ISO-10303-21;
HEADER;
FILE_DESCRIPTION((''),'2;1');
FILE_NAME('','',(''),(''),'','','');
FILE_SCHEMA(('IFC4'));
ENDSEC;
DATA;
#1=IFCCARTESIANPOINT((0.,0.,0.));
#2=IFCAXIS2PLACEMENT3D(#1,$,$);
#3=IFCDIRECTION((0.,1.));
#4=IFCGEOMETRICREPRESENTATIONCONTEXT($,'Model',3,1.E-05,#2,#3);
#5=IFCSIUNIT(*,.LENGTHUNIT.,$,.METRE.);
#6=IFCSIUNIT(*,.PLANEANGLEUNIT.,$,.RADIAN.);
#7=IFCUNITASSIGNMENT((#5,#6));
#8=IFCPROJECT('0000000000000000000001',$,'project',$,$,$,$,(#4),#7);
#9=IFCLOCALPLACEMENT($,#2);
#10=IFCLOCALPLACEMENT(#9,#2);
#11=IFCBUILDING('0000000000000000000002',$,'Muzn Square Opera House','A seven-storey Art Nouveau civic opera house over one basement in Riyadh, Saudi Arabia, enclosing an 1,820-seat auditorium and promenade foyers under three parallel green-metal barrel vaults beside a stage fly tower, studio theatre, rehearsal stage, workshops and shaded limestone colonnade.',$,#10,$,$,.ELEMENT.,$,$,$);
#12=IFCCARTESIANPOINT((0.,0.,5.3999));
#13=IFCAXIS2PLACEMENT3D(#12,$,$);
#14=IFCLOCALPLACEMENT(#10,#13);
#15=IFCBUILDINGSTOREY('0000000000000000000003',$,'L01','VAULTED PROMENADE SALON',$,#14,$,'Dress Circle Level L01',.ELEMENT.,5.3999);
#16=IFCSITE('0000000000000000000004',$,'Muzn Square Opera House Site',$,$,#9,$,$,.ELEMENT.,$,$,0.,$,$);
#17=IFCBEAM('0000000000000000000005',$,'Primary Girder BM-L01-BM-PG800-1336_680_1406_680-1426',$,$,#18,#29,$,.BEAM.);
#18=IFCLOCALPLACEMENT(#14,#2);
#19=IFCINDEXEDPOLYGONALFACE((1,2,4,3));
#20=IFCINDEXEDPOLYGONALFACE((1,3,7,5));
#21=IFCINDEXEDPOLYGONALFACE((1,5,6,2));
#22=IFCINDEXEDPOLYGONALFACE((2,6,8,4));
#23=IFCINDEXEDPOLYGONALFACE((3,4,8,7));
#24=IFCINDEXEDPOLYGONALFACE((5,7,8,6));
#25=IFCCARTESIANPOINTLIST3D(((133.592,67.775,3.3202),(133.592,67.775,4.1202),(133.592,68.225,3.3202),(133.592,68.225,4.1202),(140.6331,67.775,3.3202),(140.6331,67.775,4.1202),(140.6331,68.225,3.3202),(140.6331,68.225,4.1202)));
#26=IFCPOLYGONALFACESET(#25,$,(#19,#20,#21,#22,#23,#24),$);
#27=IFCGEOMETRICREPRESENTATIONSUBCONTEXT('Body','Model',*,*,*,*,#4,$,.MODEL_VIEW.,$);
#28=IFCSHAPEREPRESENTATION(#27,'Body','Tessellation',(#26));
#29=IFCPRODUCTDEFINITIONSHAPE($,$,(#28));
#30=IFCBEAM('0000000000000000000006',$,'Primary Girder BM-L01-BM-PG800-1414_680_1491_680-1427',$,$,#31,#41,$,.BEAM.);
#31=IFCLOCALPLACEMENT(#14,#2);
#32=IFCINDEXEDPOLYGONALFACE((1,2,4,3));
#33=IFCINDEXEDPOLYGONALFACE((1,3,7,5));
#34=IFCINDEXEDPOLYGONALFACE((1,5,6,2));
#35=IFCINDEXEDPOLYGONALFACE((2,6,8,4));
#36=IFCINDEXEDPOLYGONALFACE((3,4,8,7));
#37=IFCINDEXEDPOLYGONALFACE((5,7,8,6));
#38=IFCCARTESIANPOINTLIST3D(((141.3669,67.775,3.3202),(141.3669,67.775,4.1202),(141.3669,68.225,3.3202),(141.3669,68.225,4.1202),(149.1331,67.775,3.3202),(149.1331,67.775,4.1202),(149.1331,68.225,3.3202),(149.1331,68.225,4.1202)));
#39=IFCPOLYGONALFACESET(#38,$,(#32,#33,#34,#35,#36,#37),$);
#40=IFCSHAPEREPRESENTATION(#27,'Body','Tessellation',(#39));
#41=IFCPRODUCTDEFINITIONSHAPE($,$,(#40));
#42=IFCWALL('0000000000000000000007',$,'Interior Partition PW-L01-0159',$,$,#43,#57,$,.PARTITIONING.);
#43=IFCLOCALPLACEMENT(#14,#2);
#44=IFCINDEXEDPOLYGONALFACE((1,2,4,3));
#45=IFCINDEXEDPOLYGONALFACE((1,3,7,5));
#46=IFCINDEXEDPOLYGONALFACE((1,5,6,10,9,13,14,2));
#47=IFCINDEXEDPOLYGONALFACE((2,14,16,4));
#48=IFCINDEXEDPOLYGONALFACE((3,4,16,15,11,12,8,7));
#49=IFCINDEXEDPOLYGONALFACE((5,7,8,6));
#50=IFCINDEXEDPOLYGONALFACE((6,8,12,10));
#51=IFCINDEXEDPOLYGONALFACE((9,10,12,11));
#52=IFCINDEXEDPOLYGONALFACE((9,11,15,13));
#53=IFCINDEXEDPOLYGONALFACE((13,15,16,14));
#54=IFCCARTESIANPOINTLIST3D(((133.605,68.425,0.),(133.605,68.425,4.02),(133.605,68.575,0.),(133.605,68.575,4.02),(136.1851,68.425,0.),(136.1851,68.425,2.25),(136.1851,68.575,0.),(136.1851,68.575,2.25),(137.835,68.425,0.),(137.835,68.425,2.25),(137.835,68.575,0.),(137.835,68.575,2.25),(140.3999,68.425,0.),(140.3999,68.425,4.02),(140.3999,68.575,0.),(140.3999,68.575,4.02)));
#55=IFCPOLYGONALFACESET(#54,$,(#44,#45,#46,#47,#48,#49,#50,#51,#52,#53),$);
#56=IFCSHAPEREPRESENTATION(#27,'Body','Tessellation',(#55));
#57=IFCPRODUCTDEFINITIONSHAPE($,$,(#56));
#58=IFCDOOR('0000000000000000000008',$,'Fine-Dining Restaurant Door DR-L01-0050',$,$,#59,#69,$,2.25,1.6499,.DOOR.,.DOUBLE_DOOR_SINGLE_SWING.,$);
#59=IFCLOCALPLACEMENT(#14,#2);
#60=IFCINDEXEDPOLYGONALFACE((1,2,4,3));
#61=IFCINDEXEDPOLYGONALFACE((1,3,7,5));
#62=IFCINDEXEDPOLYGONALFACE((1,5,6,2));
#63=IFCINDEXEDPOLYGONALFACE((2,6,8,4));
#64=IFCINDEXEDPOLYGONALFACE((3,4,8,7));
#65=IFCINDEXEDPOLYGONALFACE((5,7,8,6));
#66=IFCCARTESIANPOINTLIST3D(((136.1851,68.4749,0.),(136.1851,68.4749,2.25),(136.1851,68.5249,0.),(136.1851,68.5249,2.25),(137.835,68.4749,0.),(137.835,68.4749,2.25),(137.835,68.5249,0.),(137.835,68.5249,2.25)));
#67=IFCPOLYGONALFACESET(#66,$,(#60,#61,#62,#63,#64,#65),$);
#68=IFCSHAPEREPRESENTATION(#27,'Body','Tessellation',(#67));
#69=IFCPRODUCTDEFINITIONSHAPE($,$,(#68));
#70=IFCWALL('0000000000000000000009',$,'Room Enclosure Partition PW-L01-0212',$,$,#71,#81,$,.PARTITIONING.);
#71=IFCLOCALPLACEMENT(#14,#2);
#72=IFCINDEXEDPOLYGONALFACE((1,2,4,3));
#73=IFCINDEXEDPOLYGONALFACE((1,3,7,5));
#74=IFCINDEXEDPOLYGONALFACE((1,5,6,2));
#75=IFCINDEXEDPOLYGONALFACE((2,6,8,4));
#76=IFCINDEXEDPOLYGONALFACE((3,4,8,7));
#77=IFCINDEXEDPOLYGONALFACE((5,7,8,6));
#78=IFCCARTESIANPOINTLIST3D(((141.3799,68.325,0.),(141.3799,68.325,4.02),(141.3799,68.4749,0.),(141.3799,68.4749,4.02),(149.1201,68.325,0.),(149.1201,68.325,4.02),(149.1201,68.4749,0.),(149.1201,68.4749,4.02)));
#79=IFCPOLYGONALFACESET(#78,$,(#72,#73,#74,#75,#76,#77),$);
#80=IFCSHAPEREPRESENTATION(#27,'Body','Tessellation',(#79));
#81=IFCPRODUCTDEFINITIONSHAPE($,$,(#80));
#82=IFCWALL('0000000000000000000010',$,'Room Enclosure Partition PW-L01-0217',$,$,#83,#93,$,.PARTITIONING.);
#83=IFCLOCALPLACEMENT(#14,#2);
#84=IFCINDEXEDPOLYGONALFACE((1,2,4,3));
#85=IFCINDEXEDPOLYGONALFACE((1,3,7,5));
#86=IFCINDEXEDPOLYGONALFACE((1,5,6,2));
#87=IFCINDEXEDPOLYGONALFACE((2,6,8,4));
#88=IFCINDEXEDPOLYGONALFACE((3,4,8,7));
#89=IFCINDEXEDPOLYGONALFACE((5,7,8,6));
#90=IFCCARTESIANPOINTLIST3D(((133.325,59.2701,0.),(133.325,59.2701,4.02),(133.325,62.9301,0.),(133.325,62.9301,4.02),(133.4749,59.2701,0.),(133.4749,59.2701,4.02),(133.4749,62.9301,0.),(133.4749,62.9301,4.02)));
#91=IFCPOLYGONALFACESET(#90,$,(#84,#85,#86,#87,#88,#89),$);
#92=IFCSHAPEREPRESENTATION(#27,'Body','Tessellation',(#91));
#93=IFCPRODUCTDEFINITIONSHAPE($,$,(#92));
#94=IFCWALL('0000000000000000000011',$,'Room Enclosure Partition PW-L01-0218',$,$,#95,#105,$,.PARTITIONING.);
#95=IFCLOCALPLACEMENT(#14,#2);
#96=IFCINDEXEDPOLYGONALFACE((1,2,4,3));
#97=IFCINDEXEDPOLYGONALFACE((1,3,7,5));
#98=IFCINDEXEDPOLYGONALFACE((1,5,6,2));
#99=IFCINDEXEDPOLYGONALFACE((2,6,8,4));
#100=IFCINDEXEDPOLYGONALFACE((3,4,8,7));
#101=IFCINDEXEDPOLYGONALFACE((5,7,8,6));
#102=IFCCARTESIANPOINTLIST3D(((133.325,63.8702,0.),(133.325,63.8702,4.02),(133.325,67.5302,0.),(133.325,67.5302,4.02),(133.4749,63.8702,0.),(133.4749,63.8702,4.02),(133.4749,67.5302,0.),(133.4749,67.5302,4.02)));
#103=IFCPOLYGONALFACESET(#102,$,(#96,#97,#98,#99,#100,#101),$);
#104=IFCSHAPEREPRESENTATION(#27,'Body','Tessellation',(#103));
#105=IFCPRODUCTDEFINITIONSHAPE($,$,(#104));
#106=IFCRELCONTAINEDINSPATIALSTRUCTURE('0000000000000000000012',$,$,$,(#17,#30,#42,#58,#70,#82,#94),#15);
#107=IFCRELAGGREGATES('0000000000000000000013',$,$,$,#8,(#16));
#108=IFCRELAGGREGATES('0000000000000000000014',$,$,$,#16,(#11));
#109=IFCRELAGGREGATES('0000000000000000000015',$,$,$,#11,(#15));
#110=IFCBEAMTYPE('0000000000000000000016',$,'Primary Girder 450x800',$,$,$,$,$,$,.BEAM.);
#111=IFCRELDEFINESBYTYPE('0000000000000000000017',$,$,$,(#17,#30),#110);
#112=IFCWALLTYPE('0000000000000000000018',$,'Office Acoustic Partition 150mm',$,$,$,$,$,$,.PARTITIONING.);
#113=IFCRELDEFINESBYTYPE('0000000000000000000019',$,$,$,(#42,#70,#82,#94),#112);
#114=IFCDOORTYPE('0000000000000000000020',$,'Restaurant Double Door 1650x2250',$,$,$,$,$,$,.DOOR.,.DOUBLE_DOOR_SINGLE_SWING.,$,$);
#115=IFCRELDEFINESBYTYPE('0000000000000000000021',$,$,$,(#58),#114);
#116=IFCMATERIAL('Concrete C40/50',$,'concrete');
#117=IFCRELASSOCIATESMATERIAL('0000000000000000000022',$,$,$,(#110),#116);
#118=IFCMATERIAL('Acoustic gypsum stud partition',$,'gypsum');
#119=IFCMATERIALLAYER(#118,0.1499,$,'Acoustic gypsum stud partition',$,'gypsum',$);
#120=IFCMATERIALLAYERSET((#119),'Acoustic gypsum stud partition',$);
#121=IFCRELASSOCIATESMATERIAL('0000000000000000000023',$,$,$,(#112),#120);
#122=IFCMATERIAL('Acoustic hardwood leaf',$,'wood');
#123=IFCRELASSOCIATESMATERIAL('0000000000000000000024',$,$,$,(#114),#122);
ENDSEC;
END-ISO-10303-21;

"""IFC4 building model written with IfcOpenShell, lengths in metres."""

from ifc_helpers import new_model, si_unit, direction, frame, frame_2d, origin, origin_2d, place, context, subcontext, project, spatial, rectangle, extrude, material, layer, layer_set, material_profile, profile_set, type_object, element, fill, save


model = new_model("IFC4")

# Units and contexts
model_context = context("Model", 3, precision=1e-05, world=origin(), true_north=direction((0.0, 1.0)))
body_context = subcontext(model_context, "Body", "Model", "MODEL_VIEW")
ifc_project = project(units=[si_unit("LENGTHUNIT", "METRE"), si_unit("PLANEANGLEUNIT", "RADIAN")], contexts=[model_context])

# Site, building, storey
site_placement = place(None, origin())
site = spatial("IfcSite", under=ifc_project, at=site_placement, Name="Muzn Square Opera House Site", CompositionType="ELEMENT", RefElevation=0.0)
building_placement = place(site_placement, origin())
building = spatial("IfcBuilding", under=site, at=building_placement, Name="Muzn Square Opera House", Description="A seven-storey Art Nouveau civic opera house over one basement in Riyadh, Saudi Arabia, enclosing an 1,820-seat auditorium and promenade foyers under three parallel green-metal barrel vaults beside a stage fly tower, studio theatre, rehearsal stage, workshops and shaded limestone colonnade.", CompositionType="ELEMENT")
storey_placement = place(building_placement, frame((0.0, 0.0, 5.3999)))
storey = spatial("IfcBuildingStorey", under=building, at=storey_placement, Name="L01", Description="VAULTED PROMENADE SALON", LongName="Dress Circle Level L01", CompositionType="ELEMENT", Elevation=5.3999)

# Beams
ifc_material_1 = material(Name="Concrete C40/50", Category="concrete")
ifc_material_profile_1 = material_profile(ifc_material_1, rectangle(XDim=0.45, YDim=0.8, at=origin_2d()), Name="RCB 450x800", Category="concrete")
ifc_profile_set_1 = profile_set([ifc_material_profile_1], Name="Concrete C40/50")
beam_type_1 = type_object("IfcBeamType", Name="Primary Girder 450x800", PredefinedType="BEAM", material=ifc_profile_set_1)
beam_1_placement = place(storey_placement, frame((133.592, 68.0, 3.7202), z_axis=(1.0, 0.0, 0.0), x_axis=(0.0, 1.0, 0.0)))
element("IfcBeam", 1, at=beam_1_placement, inside=storey, type_object=beam_type_1, Name="Primary Girder BM-L01-BM-PG800-1336_680_1406_680-1426", PredefinedType="BEAM", context=body_context, shape_type="SweptSolid", body=[
    extrude(rectangle(XDim=0.45, YDim=0.8, at=origin_2d()), origin(), (0.0, 0.0, 1.0), 7.041),
])
beam_2_placement = place(storey_placement, frame((141.3669, 68.0, 3.7202), z_axis=(1.0, 0.0, 0.0), x_axis=(0.0, 1.0, 0.0)))
element("IfcBeam", 2, at=beam_2_placement, inside=storey, type_object=beam_type_1, Name="Primary Girder BM-L01-BM-PG800-1414_680_1491_680-1427", PredefinedType="BEAM", context=body_context, shape_type="SweptSolid", body=[
    extrude(rectangle(XDim=0.45, YDim=0.8, at=origin_2d()), origin(), (0.0, 0.0, 1.0), 7.7661),
])

# Wall, opening, door
ifc_material_2 = material(Name="Acoustic gypsum stud partition", Category="gypsum")
ifc_layer = layer(ifc_material_2, 0.1499, Name="Acoustic gypsum stud partition", Category="gypsum")
ifc_layer_set = layer_set([ifc_layer], Name="Acoustic gypsum stud partition")
wall_type = type_object("IfcWallType", Name="Office Acoustic Partition 150mm", PredefinedType="PARTITIONING", material=ifc_layer_set)
wall_1_placement = place(storey_placement, frame((133.605, 68.5, 0.0), z_axis=(0.0, 0.0, 1.0), x_axis=(1.0, 0.0, 0.0)))
wall_1 = element("IfcWall", 3, at=wall_1_placement, inside=storey, type_object=wall_type, Name="Interior Partition PW-L01-0159", PredefinedType="PARTITIONING", context=body_context, shape_type="SweptSolid", body=[
    extrude(rectangle(XDim=6.7949, YDim=0.1499, at=frame_2d((3.3975, 0.0))), origin(), (0.0, 0.0, 1.0), 4.02),
])
opening_placement = place(wall_1_placement, frame((2.5801, 0.0, 0.0)))
opening = element("IfcOpeningElement", 4, at=opening_placement, cuts=wall_1, PredefinedType="OPENING", context=body_context, shape_type="SweptSolid", body=[
    extrude(rectangle(XDim=1.6499, YDim=2.25, at=frame_2d((0.825, 1.125))), frame((0.0, 0.085, 0.0), z_axis=(0.0, -1.0, 0.0), x_axis=(1.0, 0.0, 0.0)), (0.0, 0.0, 1.0), 0.1699),
])
ifc_material_3 = material(Name="Acoustic hardwood leaf", Category="wood")
door_type = type_object("IfcDoorType", Name="Restaurant Double Door 1650x2250", OperationType="DOUBLE_DOOR_SINGLE_SWING", PredefinedType="DOOR", material=ifc_material_3)
door_placement = place(opening_placement, origin())
door = element("IfcDoor", 5, at=door_placement, inside=storey, type_object=door_type, Name="Fine-Dining Restaurant Door DR-L01-0050", OperationType="DOUBLE_DOOR_SINGLE_SWING", OverallHeight=2.25, OverallWidth=1.6499, PredefinedType="DOOR", context=body_context, shape_type="SweptSolid", body=[
    extrude(rectangle(XDim=1.6499, YDim=2.25, at=frame_2d((0.825, 1.125))), frame((0.0, 0.0249, 0.0), z_axis=(0.0, -1.0, 0.0), x_axis=(1.0, 0.0, 0.0)), (0.0, 0.0, 1.0), 0.05),
])
fill(opening, door)

# Walls
wall_2_placement = place(storey_placement, frame((141.3799, 68.3999, 0.0), z_axis=(0.0, 0.0, 1.0), x_axis=(1.0, 0.0, 0.0)))
element("IfcWall", 6, at=wall_2_placement, inside=storey, type_object=wall_type, Name="Room Enclosure Partition PW-L01-0212", PredefinedType="PARTITIONING", context=body_context, shape_type="SweptSolid", body=[
    extrude(rectangle(XDim=7.7402, YDim=0.1499, at=frame_2d((3.8701, 0.0))), origin(), (0.0, 0.0, 1.0), 4.02),
])
for number, where, z_axis, x_axis, name in (
    (7, (133.3999, 59.27, 0.0), (0.0, 0.0, 1.0), (0.0, 1.0, 0.0), "Room Enclosure Partition PW-L01-0217"),
    (8, (133.3999, 63.8701, 0.0), (0.0, 0.0, 1.0), (0.0, 1.0, 0.0), "Room Enclosure Partition PW-L01-0218"),
):
    element("IfcWall", number, at=place(storey_placement, frame(where, z_axis=z_axis, x_axis=x_axis)), inside=storey, type_object=wall_type, Name=name, PredefinedType="PARTITIONING", context=body_context, shape_type="SweptSolid", body=[
        extrude(rectangle(XDim=3.6599, YDim=0.1499, at=frame_2d((1.8301, 0.0))), origin(), (0.0, 0.0, 1.0), 4.02),
    ])

save(model, "model.ifc")
